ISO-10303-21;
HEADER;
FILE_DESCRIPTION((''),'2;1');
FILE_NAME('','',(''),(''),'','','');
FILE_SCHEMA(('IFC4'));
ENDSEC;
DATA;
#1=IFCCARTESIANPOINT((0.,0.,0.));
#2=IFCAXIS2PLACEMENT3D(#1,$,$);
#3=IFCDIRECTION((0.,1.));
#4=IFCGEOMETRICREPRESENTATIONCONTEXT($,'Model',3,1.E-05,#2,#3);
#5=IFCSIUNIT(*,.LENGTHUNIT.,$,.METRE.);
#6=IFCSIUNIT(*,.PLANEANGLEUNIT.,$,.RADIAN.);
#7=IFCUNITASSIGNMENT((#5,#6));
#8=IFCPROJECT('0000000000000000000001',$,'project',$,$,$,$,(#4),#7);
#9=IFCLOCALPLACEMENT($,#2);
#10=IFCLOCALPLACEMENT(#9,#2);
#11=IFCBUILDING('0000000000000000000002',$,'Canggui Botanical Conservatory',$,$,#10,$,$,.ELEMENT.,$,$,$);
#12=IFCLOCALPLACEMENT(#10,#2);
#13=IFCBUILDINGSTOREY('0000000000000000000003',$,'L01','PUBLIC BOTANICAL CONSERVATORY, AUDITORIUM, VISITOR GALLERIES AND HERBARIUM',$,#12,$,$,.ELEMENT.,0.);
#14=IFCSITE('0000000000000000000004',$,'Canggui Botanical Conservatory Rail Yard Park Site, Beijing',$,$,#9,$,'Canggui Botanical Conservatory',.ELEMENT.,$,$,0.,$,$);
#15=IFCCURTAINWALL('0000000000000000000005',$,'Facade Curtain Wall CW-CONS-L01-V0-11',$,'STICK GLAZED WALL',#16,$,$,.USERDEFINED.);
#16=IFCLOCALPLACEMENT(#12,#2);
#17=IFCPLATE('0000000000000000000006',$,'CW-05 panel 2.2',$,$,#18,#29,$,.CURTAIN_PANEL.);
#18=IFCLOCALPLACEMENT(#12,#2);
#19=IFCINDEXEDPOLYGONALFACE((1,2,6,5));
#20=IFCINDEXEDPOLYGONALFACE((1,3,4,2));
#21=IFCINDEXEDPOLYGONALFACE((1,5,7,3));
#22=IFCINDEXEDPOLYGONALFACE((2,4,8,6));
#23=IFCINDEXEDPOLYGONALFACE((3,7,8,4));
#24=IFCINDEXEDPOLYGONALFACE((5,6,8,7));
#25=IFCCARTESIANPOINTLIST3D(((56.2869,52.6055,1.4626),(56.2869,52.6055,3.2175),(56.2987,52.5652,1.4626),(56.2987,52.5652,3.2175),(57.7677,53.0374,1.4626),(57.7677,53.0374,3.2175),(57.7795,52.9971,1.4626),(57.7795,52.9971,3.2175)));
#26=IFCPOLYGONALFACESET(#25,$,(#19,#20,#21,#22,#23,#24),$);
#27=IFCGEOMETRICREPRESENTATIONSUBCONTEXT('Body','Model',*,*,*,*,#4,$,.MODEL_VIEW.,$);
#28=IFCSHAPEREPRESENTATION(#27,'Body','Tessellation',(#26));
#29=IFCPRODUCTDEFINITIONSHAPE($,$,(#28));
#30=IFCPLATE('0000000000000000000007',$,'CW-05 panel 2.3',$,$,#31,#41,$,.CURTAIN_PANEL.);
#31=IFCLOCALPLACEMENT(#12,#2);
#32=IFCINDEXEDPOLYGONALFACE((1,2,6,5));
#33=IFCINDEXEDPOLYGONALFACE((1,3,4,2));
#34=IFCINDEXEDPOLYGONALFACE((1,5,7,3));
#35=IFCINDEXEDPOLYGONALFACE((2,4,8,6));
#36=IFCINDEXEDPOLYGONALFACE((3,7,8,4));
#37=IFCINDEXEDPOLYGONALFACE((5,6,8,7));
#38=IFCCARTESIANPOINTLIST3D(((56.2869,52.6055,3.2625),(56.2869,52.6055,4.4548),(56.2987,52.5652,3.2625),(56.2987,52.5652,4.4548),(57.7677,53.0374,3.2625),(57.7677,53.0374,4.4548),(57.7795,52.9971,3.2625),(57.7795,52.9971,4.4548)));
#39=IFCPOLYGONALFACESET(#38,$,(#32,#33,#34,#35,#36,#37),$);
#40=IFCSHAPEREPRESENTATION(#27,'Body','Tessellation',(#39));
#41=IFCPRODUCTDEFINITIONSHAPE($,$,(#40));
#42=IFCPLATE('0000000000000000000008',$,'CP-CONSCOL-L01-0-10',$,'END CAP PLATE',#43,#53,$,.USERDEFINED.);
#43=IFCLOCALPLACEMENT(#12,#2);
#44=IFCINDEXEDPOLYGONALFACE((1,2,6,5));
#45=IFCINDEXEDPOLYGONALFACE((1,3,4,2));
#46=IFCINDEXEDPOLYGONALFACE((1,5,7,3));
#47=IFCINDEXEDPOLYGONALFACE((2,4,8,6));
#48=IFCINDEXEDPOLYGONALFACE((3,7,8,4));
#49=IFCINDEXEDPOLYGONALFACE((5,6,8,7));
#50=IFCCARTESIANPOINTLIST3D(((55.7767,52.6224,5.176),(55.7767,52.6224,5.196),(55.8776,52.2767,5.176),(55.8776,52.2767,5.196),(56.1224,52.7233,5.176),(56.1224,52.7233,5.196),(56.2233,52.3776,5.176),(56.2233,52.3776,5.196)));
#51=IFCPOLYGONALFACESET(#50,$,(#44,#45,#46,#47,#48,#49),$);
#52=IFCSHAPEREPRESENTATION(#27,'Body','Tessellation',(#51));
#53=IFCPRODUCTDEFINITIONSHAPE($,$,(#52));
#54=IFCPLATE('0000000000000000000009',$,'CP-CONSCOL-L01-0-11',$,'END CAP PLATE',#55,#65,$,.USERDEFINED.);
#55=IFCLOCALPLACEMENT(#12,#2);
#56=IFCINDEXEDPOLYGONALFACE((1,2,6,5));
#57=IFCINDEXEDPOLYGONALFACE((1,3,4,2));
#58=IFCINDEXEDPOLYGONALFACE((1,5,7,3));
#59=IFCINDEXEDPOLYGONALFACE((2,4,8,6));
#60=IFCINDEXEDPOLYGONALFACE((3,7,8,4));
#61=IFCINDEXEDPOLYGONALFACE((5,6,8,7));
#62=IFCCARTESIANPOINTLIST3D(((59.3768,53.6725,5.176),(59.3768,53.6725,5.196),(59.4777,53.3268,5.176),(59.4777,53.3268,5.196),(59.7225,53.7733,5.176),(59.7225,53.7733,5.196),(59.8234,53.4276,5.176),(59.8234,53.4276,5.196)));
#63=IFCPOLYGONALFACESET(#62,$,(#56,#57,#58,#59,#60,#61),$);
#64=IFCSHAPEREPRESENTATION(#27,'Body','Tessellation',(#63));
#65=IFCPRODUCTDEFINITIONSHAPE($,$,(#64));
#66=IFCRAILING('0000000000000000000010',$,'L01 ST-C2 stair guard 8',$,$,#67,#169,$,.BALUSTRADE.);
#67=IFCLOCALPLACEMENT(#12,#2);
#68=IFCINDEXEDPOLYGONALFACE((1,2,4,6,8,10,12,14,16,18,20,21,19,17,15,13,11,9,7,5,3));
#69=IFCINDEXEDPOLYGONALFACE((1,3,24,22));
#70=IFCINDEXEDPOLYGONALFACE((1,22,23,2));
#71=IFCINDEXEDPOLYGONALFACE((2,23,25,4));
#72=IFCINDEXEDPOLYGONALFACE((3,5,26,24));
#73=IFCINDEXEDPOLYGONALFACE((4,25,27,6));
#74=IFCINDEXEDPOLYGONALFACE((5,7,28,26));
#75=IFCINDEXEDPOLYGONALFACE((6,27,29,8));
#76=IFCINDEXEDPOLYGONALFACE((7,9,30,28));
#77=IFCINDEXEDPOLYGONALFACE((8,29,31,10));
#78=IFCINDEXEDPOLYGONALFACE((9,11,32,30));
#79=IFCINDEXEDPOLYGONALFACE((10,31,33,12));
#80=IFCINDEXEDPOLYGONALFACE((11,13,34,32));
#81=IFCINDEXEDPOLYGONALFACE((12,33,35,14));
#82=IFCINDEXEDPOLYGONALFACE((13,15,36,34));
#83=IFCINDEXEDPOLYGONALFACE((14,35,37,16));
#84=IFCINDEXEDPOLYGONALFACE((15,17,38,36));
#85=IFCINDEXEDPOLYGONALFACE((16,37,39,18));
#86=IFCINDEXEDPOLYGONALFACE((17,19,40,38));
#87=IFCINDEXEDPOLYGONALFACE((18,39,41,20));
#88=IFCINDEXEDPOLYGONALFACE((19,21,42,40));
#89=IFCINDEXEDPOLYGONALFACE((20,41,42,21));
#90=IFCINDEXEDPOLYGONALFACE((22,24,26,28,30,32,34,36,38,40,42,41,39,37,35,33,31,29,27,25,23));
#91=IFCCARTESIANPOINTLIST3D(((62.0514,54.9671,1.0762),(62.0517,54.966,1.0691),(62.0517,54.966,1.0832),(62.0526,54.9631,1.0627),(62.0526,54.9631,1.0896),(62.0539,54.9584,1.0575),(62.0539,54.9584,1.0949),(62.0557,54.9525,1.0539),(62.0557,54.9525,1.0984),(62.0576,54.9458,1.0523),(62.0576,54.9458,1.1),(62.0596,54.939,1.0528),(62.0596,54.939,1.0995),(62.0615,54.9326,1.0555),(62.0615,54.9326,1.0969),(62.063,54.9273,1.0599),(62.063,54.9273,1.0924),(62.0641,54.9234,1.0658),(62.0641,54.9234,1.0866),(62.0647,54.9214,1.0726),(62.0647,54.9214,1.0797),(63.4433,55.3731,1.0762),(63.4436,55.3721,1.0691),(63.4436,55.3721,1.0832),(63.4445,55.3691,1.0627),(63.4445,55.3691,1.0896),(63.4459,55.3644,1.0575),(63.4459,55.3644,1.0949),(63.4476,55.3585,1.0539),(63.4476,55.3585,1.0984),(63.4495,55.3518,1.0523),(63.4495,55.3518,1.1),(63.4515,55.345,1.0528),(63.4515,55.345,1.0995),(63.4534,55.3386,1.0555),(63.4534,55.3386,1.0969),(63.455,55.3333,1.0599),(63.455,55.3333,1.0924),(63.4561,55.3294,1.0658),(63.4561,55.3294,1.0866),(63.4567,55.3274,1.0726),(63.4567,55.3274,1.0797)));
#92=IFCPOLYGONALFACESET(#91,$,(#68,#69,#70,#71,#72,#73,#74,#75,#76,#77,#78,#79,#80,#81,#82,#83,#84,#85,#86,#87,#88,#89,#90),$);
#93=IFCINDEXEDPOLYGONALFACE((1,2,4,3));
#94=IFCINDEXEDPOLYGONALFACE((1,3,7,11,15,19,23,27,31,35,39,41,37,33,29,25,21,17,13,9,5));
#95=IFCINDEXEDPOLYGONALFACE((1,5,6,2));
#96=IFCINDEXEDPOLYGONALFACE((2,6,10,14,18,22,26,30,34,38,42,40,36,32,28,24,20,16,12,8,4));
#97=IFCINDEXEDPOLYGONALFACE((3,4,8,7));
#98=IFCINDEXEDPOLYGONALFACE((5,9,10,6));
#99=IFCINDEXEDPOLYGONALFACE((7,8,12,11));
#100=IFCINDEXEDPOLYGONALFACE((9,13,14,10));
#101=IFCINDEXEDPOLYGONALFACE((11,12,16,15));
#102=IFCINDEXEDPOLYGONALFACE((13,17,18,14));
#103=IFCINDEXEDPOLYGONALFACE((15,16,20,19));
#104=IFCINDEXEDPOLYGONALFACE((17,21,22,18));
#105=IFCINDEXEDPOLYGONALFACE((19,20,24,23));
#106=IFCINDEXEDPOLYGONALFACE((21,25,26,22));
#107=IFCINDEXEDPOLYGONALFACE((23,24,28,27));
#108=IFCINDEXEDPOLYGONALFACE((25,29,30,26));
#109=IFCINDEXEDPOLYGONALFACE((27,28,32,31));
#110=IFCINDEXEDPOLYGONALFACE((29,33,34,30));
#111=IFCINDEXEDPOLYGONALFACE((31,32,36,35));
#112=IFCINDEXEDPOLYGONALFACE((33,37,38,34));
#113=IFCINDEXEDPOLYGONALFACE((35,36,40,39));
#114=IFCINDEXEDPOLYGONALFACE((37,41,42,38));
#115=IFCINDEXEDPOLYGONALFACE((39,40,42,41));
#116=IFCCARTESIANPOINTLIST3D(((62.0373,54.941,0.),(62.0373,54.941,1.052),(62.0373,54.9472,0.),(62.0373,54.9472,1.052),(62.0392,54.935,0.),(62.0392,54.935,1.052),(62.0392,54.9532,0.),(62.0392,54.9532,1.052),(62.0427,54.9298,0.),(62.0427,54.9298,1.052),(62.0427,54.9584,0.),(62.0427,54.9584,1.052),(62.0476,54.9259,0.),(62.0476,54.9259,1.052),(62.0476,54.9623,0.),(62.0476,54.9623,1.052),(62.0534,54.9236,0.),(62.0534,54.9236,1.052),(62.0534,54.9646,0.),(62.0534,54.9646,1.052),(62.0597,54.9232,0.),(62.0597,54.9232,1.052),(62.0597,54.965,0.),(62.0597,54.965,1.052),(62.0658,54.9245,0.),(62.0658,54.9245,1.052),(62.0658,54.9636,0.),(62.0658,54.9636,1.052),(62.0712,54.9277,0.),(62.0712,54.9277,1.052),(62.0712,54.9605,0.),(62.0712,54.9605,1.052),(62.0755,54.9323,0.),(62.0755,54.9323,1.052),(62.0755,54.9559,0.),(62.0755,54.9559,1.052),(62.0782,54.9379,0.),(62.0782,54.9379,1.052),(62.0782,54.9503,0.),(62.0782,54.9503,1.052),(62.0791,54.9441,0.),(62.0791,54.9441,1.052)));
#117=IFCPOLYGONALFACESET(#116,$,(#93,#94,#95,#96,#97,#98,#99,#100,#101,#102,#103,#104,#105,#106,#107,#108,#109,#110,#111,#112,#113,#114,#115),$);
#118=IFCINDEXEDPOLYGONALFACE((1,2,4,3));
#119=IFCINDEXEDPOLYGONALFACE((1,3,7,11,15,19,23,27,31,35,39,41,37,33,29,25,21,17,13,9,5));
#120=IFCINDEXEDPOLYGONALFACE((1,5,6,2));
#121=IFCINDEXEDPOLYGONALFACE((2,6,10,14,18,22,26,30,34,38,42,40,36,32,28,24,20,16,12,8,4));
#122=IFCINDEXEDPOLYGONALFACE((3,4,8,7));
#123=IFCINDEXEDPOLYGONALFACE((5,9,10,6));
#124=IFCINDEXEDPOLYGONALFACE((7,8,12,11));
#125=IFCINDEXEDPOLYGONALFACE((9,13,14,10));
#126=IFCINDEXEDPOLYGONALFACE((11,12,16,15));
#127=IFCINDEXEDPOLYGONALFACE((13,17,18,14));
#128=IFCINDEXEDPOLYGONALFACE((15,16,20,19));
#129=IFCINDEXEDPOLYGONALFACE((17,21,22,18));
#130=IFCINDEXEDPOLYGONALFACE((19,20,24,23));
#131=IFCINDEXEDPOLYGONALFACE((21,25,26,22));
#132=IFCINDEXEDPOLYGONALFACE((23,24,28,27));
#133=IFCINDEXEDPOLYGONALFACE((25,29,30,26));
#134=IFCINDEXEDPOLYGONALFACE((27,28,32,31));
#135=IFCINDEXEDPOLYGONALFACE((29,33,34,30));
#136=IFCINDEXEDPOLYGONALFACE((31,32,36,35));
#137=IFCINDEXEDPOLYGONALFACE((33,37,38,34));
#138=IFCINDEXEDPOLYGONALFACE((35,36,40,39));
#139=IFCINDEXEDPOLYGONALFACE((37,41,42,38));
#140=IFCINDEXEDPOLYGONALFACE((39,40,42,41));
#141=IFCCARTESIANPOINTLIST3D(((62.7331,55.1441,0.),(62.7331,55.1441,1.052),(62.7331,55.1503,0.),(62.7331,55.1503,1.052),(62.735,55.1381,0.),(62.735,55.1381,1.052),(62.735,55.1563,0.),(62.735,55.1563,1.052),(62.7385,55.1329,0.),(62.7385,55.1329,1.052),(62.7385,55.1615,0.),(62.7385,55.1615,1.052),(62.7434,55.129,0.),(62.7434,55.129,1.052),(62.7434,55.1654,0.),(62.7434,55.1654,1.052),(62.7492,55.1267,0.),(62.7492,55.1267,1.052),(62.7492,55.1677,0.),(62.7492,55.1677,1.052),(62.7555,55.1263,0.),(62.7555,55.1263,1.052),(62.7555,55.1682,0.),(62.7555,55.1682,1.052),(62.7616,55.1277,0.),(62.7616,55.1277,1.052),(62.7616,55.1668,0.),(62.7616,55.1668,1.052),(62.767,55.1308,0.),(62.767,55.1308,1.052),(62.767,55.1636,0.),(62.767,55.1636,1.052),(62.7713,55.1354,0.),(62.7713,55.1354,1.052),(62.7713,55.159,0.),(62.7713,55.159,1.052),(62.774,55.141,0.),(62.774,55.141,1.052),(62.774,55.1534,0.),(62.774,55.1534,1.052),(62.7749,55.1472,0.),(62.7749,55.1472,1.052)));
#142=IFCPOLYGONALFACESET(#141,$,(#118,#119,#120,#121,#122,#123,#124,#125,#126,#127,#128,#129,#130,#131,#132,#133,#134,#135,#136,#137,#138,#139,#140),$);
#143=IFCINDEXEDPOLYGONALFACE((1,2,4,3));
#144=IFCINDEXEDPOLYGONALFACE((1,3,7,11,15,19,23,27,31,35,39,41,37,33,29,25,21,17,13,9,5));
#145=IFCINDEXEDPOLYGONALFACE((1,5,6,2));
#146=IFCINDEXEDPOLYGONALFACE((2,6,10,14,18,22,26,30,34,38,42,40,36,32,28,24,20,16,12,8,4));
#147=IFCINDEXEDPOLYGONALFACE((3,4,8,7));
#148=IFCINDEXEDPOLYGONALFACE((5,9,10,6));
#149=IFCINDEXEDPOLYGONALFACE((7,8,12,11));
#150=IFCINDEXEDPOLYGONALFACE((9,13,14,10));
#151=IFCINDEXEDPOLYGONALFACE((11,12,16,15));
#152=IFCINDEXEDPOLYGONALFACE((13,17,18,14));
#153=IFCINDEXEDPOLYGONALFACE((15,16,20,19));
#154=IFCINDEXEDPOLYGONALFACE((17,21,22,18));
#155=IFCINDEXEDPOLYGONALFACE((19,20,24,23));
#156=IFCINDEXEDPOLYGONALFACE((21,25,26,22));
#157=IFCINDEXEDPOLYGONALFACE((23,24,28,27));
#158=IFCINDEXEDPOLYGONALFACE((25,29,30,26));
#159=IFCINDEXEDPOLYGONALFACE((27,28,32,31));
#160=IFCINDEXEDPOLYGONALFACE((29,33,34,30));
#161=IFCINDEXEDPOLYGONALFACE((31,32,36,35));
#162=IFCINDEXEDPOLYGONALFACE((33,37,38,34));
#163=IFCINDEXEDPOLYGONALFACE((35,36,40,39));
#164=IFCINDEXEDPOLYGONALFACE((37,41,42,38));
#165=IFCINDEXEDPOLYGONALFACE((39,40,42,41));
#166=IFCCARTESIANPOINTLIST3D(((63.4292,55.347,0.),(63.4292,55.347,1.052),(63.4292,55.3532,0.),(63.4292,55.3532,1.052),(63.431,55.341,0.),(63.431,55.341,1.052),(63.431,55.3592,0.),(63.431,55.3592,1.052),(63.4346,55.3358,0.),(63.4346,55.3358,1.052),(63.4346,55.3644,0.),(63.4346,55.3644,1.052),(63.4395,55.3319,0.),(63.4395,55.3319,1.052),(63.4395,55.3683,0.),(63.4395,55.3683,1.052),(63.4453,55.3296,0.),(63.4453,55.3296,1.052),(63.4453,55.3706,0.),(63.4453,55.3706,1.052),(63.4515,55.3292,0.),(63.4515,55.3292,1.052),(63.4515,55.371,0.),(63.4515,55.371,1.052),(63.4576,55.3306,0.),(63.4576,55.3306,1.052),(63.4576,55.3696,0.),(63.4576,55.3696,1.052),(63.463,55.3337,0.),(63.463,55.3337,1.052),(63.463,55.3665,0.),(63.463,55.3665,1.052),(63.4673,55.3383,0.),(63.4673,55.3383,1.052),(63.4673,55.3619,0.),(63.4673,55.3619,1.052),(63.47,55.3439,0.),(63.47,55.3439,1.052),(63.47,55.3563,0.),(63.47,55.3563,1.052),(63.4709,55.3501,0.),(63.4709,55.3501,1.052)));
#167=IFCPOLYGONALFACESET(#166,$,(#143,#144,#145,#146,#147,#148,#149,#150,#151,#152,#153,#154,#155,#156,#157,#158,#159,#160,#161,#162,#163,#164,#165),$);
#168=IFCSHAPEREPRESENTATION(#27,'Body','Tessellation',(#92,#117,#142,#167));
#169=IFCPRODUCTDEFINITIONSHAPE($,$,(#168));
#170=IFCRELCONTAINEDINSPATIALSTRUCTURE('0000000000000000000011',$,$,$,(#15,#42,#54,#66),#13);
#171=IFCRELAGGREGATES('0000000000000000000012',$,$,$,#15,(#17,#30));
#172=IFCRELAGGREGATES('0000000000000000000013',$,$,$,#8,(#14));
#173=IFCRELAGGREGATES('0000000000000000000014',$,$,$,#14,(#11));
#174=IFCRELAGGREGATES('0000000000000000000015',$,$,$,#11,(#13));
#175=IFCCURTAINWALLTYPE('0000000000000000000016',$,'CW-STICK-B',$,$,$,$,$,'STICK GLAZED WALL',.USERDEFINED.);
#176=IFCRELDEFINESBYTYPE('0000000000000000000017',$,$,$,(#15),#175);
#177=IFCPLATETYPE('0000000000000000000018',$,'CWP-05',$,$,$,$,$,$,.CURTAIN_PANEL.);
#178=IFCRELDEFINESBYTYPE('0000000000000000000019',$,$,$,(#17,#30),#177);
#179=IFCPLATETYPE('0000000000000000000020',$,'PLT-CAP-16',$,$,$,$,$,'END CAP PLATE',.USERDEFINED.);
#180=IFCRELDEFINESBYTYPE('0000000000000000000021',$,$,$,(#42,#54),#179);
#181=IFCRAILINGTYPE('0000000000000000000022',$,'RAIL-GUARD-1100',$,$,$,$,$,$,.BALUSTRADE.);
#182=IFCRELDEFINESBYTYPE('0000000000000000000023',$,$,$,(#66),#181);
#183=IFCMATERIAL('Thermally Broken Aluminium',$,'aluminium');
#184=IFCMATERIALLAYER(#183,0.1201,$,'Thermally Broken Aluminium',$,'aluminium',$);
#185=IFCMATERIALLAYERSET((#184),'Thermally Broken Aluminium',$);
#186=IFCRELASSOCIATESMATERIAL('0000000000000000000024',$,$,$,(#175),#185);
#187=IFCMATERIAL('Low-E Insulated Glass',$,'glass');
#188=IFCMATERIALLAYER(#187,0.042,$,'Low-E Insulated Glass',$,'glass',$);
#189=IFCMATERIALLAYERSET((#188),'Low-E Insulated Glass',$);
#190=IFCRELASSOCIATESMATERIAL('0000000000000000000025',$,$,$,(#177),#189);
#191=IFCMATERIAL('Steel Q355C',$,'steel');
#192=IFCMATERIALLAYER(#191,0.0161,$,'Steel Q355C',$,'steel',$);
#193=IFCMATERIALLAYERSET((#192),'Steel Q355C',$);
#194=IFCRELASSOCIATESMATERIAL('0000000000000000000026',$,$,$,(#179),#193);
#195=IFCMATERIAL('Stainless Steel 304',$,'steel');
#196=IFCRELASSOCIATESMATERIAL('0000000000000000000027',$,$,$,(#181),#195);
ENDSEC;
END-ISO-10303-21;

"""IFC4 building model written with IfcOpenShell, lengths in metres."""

from ifc_helpers import new_model, si_unit, direction, frame, origin, origin_2d, place, context, subcontext, project, spatial, rectangle, circle, extrude, material, layer, layer_set, type_object, element, aggregate, save


model = new_model("IFC4")

# Units and contexts
model_context = context("Model", 3, precision=1e-05, world=origin(), true_north=direction((0.0, 1.0)))
body_context = subcontext(model_context, "Body", "Model", "MODEL_VIEW")
ifc_project = project(units=[si_unit("LENGTHUNIT", "METRE"), si_unit("PLANEANGLEUNIT", "RADIAN")], contexts=[model_context])

# Site, building, storey
site_placement = place(None, origin())
site = spatial("IfcSite", under=ifc_project, at=site_placement, Name="Canggui Botanical Conservatory Rail Yard Park Site, Beijing", LongName="Canggui Botanical Conservatory", CompositionType="ELEMENT", RefElevation=0.0)
building_placement = place(site_placement, origin())
building = spatial("IfcBuilding", under=site, at=building_placement, Name="Canggui Botanical Conservatory", CompositionType="ELEMENT")
storey_placement = place(building_placement, origin())
storey = spatial("IfcBuildingStorey", under=building, at=storey_placement, Name="L01", Description="PUBLIC BOTANICAL CONSERVATORY, AUDITORIUM, VISITOR GALLERIES AND HERBARIUM", CompositionType="ELEMENT", Elevation=0.0)

# Shared definitions
ifc_material_1 = material(Name="Steel Q355C", Category="steel")

# Shared definitions
ifc_material_2 = material(Name="Thermally Broken Aluminium", Category="aluminium")
ifc_layer_1 = layer(ifc_material_2, 0.1201, Name="Thermally Broken Aluminium", Category="aluminium")
ifc_layer_set_1 = layer_set([ifc_layer_1], Name="Thermally Broken Aluminium")
curtain_wall_type = type_object("IfcCurtainWallType", Name="CW-STICK-B", ElementType="STICK GLAZED WALL", PredefinedType="USERDEFINED", material=ifc_layer_set_1)

# Curtain wall
curtain_wall_1_placement = place(storey_placement, origin())
curtain_wall_1 = element("IfcCurtainWall", 1, at=curtain_wall_1_placement, inside=storey, type_object=curtain_wall_type, Name="Facade Curtain Wall CW-CONS-L01-V0-11", ObjectType="STICK GLAZED WALL", PredefinedType="USERDEFINED")

# Plates
ifc_material_3 = material(Name="Low-E Insulated Glass", Category="glass")
ifc_layer_2 = layer(ifc_material_3, 0.042, Name="Low-E Insulated Glass", Category="glass")
ifc_layer_set_2 = layer_set([ifc_layer_2], Name="Low-E Insulated Glass")
plate_type_1 = type_object("IfcPlateType", Name="CWP-05", PredefinedType="CURTAIN_PANEL", material=ifc_layer_set_2)
plate_1_placement = place(storey_placement, frame((57.0332, 52.8013, 1.4626), z_axis=(0.0, 0.0, 1.0), x_axis=(-0.96, -0.28, 0.0)))
plate_1 = element("IfcPlate", 2, at=plate_1_placement, type_object=plate_type_1, Name="CW-05 panel 2.2", PredefinedType="CURTAIN_PANEL", context=body_context, shape_type="SweptSolid", body=[
    extrude(rectangle(XDim=1.5425, YDim=0.042, at=origin_2d()), origin(), (0.0, 0.0, 1.0), 1.7549),
])
plate_2_placement = place(storey_placement, frame((57.0332, 52.8013, 3.2625), z_axis=(0.0, 0.0, 1.0), x_axis=(-0.96, -0.28, 0.0)))
plate_2 = element("IfcPlate", 3, at=plate_2_placement, type_object=plate_type_1, Name="CW-05 panel 2.3", PredefinedType="CURTAIN_PANEL", context=body_context, shape_type="SweptSolid", body=[
    extrude(rectangle(XDim=1.5425, YDim=0.042, at=origin_2d()), origin(), (0.0, 0.0, 1.0), 1.1924),
])
aggregate(curtain_wall_1, [plate_1, plate_2])

# Plates
ifc_layer_3 = layer(ifc_material_1, 0.0161, Name="Steel Q355C", Category="steel")
ifc_layer_set_3 = layer_set([ifc_layer_3], Name="Steel Q355C")
plate_type_2 = type_object("IfcPlateType", Name="PLT-CAP-16", ElementType="END CAP PLATE", PredefinedType="USERDEFINED", material=ifc_layer_set_3)
for number, where, z_axis, x_axis, name in (
    (4, (56.0, 52.5, 5.176), (0.0, 0.0, 1.0), (0.96, 0.28, 0.0), "CP-CONSCOL-L01-0-10"),
    (5, (59.6001, 53.55, 5.176), (0.0, 0.0, 1.0), (0.96, 0.28, 0.0), "CP-CONSCOL-L01-0-11"),
):
    element("IfcPlate", number, at=place(storey_placement, frame(where, z_axis=z_axis, x_axis=x_axis)), inside=storey, type_object=plate_type_2, Name=name, ObjectType="END CAP PLATE", PredefinedType="USERDEFINED", context=body_context, shape_type="SweptSolid", body=[
        extrude(rectangle(XDim=0.3601, YDim=0.3601, at=origin_2d()), origin(), (0.0, 0.0, 1.0), 0.02),
    ])

# Railing
ifc_material_4 = material(Name="Stainless Steel 304", Category="steel")
railing_type = type_object("IfcRailingType", Name="RAIL-GUARD-1100", PredefinedType="BALUSTRADE", material=ifc_material_4)
railing_1_placement = place(storey_placement, frame((62.0581, 54.9441, 0.0)))
element("IfcRailing", 6, at=railing_1_placement, inside=storey, type_object=railing_type, Name="L01 ST-C2 stair guard 8", PredefinedType="BALUSTRADE", context=body_context, shape_type="SweptSolid", body=[
    extrude(circle(Radius=0.0239, at=origin_2d()), frame((0.0, 0.0, 1.0762), z_axis=(0.959991, 0.280032, 0.0), x_axis=(-0.280032, 0.959991, 0.0)), (0.0, 0.0, 1.0), 1.45),
    extrude(circle(Radius=0.021, at=origin_2d()), origin(), (0.0, 0.0, 1.0), 1.052),
    extrude(circle(Radius=0.021, at=origin_2d()), frame((0.6958, 0.2031, 0.0)), (0.0, 0.0, 1.0), 1.052),
    extrude(circle(Radius=0.021, at=origin_2d()), frame((1.3918, 0.406, 0.0)), (0.0, 0.0, 1.0), 1.052),
])

save(model, "model.ifc")
